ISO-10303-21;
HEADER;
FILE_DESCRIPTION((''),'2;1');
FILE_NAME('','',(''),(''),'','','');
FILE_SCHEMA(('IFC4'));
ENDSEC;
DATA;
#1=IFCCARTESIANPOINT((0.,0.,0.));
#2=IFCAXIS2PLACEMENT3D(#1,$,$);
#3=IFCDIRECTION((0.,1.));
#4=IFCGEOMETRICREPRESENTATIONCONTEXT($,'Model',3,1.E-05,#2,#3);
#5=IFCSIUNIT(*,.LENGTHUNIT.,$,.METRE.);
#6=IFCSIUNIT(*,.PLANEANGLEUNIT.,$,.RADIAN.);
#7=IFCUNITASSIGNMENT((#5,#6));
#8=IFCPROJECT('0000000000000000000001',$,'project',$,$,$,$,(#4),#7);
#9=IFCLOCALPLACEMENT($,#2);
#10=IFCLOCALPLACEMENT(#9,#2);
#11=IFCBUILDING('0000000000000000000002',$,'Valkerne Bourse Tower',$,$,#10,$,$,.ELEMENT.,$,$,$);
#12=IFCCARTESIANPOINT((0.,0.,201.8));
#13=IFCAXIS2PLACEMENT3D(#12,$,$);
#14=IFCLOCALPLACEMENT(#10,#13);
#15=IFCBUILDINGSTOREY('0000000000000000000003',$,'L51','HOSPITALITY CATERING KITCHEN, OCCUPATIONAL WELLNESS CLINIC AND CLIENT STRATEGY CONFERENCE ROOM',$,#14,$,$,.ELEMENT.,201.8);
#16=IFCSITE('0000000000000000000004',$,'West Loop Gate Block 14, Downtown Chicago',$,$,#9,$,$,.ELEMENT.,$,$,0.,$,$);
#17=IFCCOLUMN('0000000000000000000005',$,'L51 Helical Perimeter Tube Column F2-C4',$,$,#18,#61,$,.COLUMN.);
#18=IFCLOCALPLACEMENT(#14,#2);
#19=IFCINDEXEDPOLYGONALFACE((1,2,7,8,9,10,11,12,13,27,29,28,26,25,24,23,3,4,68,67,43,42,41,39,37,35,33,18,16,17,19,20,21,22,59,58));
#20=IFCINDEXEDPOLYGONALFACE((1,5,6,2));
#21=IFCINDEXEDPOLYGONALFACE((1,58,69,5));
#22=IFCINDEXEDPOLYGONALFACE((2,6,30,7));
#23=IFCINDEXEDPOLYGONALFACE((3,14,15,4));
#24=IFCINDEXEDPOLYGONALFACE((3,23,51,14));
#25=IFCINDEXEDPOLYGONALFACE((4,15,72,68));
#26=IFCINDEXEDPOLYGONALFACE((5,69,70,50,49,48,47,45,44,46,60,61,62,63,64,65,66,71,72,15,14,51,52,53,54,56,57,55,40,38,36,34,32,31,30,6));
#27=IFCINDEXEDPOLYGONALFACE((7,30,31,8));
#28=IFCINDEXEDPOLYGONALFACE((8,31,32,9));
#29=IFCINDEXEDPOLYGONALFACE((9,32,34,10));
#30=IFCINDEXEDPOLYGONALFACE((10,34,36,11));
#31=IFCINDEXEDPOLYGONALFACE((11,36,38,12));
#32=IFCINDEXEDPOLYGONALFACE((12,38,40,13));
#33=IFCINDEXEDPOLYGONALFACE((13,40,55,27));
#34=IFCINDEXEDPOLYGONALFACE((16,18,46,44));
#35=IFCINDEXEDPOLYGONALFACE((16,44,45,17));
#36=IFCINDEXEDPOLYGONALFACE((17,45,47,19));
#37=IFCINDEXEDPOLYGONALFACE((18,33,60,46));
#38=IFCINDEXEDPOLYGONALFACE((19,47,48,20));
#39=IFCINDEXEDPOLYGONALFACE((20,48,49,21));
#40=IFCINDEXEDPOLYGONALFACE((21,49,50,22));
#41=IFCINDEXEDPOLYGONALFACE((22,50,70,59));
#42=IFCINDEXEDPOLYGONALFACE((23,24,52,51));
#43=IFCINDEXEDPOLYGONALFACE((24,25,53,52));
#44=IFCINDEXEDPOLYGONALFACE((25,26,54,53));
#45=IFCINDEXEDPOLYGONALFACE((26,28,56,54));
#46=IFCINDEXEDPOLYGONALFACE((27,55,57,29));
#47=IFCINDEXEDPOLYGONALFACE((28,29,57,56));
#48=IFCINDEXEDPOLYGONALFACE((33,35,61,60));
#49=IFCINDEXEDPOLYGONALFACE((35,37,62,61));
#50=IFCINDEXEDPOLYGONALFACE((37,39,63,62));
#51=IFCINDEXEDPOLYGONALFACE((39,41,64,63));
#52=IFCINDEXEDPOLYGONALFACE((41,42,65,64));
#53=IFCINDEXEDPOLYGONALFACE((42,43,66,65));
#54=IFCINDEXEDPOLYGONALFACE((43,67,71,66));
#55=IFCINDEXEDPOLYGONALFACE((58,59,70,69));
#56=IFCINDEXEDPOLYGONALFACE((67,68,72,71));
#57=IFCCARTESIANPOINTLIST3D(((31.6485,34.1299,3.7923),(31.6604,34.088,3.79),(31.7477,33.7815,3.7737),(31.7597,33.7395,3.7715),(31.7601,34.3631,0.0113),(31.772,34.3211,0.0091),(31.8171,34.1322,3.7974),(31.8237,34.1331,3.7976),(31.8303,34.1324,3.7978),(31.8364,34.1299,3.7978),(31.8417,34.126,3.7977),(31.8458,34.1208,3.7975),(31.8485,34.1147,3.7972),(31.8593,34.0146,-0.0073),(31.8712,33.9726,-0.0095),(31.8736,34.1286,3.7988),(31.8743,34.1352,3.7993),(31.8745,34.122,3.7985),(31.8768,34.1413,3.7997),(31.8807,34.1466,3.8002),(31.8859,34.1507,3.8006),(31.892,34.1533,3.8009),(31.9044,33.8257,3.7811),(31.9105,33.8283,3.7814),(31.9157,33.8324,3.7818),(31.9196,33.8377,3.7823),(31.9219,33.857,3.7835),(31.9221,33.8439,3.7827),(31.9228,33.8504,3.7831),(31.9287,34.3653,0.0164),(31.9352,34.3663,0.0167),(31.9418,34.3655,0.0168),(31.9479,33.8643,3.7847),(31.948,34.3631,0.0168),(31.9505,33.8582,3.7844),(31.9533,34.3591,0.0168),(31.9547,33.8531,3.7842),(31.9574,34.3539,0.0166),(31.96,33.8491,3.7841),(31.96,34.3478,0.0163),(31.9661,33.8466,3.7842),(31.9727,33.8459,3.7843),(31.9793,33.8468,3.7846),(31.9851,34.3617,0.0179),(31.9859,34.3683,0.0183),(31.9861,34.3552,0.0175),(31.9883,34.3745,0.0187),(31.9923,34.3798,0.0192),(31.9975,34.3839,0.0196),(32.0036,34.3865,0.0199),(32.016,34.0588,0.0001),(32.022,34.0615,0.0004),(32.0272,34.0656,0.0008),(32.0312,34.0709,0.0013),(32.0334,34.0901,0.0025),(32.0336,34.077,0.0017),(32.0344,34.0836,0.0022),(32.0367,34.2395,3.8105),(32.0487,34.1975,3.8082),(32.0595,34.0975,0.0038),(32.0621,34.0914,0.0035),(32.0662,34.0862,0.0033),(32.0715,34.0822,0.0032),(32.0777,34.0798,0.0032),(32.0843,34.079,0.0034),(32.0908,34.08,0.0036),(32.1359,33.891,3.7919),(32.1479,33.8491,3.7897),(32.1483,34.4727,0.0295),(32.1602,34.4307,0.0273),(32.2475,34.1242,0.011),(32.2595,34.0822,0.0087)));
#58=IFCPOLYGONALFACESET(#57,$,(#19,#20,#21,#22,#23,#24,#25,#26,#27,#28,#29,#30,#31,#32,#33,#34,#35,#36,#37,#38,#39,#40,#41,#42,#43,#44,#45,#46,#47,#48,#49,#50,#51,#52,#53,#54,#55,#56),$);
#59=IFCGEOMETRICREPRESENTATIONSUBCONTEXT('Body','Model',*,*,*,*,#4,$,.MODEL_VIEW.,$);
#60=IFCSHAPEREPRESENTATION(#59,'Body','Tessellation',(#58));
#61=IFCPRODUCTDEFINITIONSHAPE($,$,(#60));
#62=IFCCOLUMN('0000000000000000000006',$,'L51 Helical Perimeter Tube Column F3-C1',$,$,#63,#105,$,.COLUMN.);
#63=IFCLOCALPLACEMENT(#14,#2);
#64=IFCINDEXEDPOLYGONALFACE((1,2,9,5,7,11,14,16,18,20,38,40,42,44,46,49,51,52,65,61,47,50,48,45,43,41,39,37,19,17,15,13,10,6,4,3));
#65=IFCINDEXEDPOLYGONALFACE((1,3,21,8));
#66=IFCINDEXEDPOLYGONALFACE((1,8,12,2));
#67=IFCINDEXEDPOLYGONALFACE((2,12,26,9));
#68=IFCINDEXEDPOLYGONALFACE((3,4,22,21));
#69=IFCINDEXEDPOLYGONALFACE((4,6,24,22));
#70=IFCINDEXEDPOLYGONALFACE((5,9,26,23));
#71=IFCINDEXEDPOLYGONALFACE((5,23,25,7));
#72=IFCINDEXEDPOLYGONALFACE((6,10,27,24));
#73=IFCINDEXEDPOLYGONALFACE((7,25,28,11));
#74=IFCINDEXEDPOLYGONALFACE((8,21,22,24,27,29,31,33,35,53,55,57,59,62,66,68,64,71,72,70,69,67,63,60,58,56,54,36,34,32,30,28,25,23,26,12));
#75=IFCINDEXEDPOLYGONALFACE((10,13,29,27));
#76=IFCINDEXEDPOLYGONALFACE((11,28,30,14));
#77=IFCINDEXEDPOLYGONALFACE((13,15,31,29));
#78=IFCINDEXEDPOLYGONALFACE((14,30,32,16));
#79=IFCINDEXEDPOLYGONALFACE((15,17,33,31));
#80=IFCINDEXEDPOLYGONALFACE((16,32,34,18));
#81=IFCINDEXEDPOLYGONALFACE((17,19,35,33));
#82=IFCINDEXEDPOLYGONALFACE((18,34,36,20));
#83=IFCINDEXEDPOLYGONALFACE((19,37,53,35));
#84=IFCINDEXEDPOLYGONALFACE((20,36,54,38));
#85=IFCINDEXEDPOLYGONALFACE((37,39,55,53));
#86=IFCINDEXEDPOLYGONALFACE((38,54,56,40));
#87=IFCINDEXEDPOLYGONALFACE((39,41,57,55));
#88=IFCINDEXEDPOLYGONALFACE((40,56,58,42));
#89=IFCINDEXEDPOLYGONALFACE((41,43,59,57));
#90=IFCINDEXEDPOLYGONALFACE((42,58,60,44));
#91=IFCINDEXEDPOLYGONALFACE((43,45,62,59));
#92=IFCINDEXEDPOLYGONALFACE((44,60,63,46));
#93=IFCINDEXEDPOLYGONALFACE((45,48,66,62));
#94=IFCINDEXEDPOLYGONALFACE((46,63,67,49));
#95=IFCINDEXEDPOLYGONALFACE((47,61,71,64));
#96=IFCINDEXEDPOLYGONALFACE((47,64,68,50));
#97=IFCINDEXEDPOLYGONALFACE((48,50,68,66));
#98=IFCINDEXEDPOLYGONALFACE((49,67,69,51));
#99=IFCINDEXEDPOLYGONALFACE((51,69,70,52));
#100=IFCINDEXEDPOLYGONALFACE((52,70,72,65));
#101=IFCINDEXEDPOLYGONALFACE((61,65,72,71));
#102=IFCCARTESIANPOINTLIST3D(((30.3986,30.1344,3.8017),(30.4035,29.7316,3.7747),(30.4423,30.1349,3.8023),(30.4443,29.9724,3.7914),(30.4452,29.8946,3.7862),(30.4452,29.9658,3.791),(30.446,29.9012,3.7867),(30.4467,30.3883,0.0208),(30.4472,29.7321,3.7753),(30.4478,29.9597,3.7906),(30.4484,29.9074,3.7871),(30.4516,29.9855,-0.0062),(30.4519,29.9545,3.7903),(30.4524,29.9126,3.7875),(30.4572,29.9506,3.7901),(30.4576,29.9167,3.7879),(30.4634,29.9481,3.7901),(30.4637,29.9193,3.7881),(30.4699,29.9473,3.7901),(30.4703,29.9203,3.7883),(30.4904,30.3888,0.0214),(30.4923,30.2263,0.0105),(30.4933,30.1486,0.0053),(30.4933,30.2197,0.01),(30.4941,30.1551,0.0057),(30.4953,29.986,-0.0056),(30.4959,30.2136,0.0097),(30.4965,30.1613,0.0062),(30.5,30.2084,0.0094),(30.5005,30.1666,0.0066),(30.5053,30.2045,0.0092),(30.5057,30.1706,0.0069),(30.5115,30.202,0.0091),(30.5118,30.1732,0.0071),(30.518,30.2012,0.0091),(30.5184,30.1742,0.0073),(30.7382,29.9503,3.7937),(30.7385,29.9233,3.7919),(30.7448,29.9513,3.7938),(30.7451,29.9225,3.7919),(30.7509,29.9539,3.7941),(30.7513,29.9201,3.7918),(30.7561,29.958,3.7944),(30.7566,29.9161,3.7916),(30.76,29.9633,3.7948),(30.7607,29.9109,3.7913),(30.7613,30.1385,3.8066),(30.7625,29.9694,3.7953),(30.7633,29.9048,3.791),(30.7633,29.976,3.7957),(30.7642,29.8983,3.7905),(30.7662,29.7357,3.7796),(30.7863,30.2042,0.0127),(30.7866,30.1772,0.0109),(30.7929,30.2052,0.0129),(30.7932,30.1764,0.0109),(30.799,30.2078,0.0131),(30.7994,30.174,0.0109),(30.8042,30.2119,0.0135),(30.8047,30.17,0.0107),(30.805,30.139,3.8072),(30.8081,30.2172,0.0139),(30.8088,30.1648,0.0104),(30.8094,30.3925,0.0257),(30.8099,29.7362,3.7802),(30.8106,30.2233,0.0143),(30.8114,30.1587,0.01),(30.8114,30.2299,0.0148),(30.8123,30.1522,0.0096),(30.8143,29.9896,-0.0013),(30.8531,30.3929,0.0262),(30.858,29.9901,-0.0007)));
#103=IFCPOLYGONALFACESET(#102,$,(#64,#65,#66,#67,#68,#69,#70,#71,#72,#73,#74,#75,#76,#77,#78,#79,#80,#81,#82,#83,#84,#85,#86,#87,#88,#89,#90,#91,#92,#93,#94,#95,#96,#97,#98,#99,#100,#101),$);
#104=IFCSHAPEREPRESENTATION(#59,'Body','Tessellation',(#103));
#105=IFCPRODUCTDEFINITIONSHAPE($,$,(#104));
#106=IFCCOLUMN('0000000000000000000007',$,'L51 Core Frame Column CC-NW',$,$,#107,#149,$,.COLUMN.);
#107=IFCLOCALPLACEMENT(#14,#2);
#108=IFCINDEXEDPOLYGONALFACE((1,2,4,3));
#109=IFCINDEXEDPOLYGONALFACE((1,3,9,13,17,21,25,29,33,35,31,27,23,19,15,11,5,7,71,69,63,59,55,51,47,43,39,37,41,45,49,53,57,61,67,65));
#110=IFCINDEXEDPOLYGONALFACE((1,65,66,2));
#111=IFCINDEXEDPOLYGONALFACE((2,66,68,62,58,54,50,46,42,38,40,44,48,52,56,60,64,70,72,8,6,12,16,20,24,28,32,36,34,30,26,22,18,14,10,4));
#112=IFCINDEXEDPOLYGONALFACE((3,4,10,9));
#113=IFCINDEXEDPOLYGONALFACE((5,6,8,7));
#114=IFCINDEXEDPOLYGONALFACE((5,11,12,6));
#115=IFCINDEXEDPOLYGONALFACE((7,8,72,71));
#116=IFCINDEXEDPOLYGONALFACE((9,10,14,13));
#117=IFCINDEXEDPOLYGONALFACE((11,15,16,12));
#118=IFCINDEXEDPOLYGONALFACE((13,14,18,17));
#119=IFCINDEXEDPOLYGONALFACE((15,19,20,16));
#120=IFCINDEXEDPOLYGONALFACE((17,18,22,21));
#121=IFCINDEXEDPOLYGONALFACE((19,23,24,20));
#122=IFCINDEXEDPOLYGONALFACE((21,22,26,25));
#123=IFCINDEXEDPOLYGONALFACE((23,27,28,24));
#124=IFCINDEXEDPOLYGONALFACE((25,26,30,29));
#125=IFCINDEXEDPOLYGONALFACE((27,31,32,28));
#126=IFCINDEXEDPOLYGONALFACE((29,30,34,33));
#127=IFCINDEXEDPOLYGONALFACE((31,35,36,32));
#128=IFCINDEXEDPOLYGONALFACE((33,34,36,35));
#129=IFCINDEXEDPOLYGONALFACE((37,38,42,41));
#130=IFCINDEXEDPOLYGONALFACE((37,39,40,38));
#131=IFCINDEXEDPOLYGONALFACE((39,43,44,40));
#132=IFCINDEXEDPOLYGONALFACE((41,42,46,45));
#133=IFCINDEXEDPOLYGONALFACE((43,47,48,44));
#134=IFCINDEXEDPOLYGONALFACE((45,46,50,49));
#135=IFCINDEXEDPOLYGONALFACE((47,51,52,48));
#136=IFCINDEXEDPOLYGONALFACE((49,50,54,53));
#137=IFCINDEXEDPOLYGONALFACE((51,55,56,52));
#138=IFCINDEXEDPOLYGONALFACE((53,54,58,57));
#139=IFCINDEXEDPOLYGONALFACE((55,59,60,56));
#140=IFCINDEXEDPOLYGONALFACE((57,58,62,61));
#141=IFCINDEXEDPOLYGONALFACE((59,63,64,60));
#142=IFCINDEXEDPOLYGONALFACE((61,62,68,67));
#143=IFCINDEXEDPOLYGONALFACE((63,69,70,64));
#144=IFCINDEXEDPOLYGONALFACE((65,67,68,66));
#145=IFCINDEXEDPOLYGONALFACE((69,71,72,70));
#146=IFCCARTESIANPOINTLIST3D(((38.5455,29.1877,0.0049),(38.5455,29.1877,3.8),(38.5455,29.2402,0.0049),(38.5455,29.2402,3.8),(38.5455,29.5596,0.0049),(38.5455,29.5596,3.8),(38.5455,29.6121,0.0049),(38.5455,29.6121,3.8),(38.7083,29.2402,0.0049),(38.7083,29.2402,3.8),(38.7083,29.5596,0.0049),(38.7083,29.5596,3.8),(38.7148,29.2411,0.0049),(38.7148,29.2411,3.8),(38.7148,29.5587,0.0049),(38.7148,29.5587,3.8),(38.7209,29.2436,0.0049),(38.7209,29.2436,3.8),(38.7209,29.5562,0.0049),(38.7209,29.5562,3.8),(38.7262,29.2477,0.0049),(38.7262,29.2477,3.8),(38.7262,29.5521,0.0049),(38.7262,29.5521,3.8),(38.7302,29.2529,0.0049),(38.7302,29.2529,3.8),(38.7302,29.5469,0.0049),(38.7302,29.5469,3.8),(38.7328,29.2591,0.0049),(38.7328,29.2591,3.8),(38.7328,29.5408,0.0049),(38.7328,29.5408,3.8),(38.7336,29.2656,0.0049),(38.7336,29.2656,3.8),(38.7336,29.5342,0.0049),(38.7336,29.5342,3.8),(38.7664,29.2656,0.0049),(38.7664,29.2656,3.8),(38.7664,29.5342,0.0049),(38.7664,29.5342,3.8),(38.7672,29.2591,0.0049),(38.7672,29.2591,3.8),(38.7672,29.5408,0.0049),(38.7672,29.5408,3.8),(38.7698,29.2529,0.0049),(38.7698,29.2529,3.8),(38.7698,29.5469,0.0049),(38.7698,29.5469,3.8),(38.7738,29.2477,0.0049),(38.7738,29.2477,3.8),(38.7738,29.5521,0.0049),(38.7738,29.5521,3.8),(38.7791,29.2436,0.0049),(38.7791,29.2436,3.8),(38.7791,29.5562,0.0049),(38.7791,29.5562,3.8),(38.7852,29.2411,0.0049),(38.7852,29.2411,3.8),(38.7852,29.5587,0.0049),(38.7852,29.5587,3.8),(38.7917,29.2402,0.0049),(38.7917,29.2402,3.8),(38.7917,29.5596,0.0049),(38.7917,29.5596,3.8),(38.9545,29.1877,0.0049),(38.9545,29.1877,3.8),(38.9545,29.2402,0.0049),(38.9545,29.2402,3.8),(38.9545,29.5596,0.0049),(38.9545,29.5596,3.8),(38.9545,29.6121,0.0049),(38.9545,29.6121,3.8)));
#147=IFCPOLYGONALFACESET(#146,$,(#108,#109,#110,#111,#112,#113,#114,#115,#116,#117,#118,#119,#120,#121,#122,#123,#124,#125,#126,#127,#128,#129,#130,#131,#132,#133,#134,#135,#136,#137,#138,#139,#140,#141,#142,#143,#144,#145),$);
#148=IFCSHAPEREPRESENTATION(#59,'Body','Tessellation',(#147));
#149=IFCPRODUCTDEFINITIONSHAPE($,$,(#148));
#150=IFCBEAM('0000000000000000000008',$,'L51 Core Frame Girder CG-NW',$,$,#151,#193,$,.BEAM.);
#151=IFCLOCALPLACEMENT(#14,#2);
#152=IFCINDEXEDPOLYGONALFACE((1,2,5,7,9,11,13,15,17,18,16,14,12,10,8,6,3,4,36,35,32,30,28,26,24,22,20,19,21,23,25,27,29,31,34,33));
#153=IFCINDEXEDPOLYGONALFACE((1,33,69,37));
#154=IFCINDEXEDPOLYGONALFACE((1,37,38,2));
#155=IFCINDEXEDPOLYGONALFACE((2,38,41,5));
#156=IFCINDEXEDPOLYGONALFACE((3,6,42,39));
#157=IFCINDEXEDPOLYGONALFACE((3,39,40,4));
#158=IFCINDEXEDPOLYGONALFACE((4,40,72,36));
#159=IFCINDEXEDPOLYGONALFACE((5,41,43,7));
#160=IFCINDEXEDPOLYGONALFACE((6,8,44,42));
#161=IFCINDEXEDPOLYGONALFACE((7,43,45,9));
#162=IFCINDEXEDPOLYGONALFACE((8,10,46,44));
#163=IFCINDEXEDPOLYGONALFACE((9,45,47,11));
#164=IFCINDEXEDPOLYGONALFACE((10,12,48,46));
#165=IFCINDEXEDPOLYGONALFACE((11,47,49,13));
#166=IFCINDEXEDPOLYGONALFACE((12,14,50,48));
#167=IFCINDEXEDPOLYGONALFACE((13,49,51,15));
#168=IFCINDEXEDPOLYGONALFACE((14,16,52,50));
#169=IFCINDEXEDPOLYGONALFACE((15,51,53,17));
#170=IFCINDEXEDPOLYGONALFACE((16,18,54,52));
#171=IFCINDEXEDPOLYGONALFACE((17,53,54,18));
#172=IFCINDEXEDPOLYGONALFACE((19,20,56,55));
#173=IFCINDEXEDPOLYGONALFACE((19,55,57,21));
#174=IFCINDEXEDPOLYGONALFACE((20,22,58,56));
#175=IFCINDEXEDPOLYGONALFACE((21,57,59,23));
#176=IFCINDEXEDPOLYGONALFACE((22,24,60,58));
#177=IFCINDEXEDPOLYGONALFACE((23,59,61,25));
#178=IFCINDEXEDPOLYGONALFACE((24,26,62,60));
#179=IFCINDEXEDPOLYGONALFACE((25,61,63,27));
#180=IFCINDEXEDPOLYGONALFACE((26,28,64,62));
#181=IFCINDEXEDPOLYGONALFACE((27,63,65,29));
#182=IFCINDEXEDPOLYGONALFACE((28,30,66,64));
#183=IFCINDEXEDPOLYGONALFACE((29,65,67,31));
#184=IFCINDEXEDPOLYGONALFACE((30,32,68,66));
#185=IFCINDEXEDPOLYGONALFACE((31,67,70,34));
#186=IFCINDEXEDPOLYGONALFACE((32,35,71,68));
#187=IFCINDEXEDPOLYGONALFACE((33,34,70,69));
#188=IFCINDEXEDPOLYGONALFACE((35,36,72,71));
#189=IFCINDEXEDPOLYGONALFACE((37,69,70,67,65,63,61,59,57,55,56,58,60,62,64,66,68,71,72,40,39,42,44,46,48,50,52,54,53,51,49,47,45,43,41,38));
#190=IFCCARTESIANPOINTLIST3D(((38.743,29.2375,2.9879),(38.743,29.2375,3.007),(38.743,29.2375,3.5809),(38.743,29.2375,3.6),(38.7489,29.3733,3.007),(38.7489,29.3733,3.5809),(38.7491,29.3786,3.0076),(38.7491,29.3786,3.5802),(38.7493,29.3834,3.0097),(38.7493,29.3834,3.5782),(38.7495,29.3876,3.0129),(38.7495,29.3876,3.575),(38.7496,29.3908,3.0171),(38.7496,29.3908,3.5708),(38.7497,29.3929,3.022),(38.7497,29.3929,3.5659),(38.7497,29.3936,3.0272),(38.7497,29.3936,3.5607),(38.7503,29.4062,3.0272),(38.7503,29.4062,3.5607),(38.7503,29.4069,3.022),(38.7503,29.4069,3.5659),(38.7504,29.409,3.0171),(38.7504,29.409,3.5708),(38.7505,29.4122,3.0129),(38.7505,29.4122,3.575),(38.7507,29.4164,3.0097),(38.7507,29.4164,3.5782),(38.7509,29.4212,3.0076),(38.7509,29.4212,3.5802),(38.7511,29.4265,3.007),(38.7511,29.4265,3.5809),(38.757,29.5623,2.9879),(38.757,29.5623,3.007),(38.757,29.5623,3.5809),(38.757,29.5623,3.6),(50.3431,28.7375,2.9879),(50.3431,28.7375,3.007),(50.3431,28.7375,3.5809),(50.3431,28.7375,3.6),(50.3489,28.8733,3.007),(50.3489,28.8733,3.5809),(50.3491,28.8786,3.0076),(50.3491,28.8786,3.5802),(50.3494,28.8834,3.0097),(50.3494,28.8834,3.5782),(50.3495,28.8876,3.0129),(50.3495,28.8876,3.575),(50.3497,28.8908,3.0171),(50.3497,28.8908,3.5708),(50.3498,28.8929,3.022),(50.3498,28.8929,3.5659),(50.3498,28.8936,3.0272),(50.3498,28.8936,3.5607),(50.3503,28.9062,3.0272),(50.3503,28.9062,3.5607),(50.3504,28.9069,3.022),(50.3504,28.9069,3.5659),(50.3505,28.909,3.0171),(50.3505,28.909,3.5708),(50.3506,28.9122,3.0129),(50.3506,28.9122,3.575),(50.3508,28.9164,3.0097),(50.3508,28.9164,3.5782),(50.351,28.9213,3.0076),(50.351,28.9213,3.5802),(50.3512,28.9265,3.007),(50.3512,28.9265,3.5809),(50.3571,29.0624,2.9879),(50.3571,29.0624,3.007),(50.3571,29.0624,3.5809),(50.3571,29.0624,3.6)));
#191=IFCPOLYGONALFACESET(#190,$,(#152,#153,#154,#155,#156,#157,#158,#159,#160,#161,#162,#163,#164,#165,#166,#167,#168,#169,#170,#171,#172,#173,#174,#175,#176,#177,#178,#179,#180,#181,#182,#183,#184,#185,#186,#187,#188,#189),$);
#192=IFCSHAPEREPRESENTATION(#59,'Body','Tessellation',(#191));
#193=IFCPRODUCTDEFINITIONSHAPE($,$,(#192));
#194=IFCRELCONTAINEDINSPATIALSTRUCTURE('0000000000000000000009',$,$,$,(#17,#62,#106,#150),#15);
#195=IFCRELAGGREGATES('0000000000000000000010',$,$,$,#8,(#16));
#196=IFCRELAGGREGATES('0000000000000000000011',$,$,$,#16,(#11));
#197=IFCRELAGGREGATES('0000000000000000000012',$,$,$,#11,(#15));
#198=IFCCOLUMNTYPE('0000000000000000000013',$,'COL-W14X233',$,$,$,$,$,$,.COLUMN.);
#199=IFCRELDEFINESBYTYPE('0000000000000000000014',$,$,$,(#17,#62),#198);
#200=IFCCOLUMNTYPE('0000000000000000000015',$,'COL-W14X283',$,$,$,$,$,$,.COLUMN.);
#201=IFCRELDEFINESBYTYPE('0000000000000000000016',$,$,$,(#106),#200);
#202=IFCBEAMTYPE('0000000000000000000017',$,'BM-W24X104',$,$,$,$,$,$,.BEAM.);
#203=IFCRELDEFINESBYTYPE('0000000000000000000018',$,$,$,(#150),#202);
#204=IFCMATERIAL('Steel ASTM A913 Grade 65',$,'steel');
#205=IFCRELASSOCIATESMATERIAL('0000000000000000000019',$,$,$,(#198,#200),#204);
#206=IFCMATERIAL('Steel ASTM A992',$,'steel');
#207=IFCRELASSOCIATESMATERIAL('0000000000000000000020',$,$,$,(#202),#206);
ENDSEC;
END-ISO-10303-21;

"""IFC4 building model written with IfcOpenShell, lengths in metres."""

from ifc_helpers import new_model, si_unit, direction, frame, origin, origin_2d, place, context, subcontext, project, spatial, i_section, extrude, material, material_profile, profile_set, type_object, element, save


model = new_model("IFC4")

# Units and contexts
model_context = context("Model", 3, precision=1e-05, world=origin(), true_north=direction((0.0, 1.0)))
body_context = subcontext(model_context, "Body", "Model", "MODEL_VIEW")
ifc_project = project(units=[si_unit("LENGTHUNIT", "METRE"), si_unit("PLANEANGLEUNIT", "RADIAN")], contexts=[model_context])

# Site, building, storey
site_placement = place(None, origin())
site = spatial("IfcSite", under=ifc_project, at=site_placement, Name="West Loop Gate Block 14, Downtown Chicago", CompositionType="ELEMENT", RefElevation=0.0)
building_placement = place(site_placement, origin())
building = spatial("IfcBuilding", under=site, at=building_placement, Name="Valkerne Bourse Tower", CompositionType="ELEMENT")
storey_placement = place(building_placement, frame((0.0, 0.0, 201.8)))
storey = spatial("IfcBuildingStorey", under=building, at=storey_placement, Name="L51", Description="HOSPITALITY CATERING KITCHEN, OCCUPATIONAL WELLNESS CLINIC AND CLIENT STRATEGY CONFERENCE ROOM", CompositionType="ELEMENT", Elevation=201.8)

# Columns
ifc_material_1 = material(Name="Steel ASTM A913 Grade 65", Category="steel")
ifc_material_profile_1 = material_profile(ifc_material_1, i_section(OverallWidth=0.4038, OverallDepth=0.4065, WebThickness=0.0271, FlangeThickness=0.0437, FilletRadius=0.0254, at=origin_2d()), Name="W14X233")
ifc_profile_set_1 = profile_set([ifc_material_profile_1], Name="Steel ASTM A913 Grade 65")
column_type_1 = type_object("IfcColumnType", Name="COL-W14X233", PredefinedType="COLUMN", material=ifc_profile_set_1)
for number, where, z_axis, x_axis, name in (
    (1, (32.0098, 34.2227, 0.01), (-0.02944, -0.061521, 0.997672), (-0.961423, -0.27135, -0.045103), "L51 Helical Perimeter Tube Column F2-C4"),
    (2, (30.6523, 30.1892, 0.01), (-0.012691, -0.066997, 0.997672), (0.012187, -0.997689, -0.066843), "L51 Helical Perimeter Tube Column F3-C1"),
):
    element("IfcColumn", number, at=place(storey_placement, frame(where, z_axis=z_axis, x_axis=x_axis)), inside=storey, type_object=column_type_1, Name=name, PredefinedType="COLUMN", context=body_context, shape_type="SweptSolid", body=[
        extrude(i_section(OverallWidth=0.4038, OverallDepth=0.4065, WebThickness=0.0271, FlangeThickness=0.0437, FilletRadius=0.0254, at=origin_2d()), origin(), (0.0, 0.0, 1.0), 3.7898),
    ])
ifc_material_profile_2 = material_profile(ifc_material_1, i_section(OverallWidth=0.4089, OverallDepth=0.4243, WebThickness=0.0327, FlangeThickness=0.0525, FilletRadius=0.0254, at=origin_2d()), Name="W14X283")
ifc_profile_set_2 = profile_set([ifc_material_profile_2], Name="Steel ASTM A913 Grade 65")
column_type_2 = type_object("IfcColumnType", Name="COL-W14X283", PredefinedType="COLUMN", material=ifc_profile_set_2)
column_placement = place(storey_placement, frame((38.75, 29.3999, 0.0049), z_axis=(0.0, 0.0, 1.0), x_axis=(1.0, 0.0, 0.0)))
element("IfcColumn", 3, at=column_placement, inside=storey, type_object=column_type_2, Name="L51 Core Frame Column CC-NW", PredefinedType="COLUMN", context=body_context, shape_type="SweptSolid", body=[
    extrude(i_section(OverallWidth=0.4089, OverallDepth=0.4243, WebThickness=0.0327, FlangeThickness=0.0525, FilletRadius=0.0254, at=origin_2d()), origin(), (0.0, 0.0, 1.0), 3.7952),
])

# Beam
ifc_material_2 = material(Name="Steel ASTM A992", Category="steel")
ifc_material_profile_3 = material_profile(ifc_material_2, i_section(OverallWidth=0.3252, OverallDepth=0.6121, WebThickness=0.0127, FlangeThickness=0.019, FilletRadius=0.0203, at=origin_2d()), Name="W24X104")
ifc_profile_set_3 = profile_set([ifc_material_profile_3], Name="Steel ASTM A992")
beam_type_1 = type_object("IfcBeamType", Name="BM-W24X104", PredefinedType="BEAM", material=ifc_profile_set_3)
beam_1_placement = place(storey_placement, frame((38.75, 29.3999, 3.2939), z_axis=(0.999072, -0.043063, 0.0), x_axis=(0.043063, 0.999072, 0.0)))
element("IfcBeam", 4, at=beam_1_placement, inside=storey, type_object=beam_type_1, Name="L51 Core Frame Girder CG-NW", PredefinedType="BEAM", context=body_context, shape_type="SweptSolid", body=[
    extrude(i_section(OverallWidth=0.3252, OverallDepth=0.6121, WebThickness=0.0127, FlangeThickness=0.019, FilletRadius=0.0203, at=origin_2d()), origin(), (0.0, 0.0, 1.0), 11.6108),
])

save(model, "model.ifc")
